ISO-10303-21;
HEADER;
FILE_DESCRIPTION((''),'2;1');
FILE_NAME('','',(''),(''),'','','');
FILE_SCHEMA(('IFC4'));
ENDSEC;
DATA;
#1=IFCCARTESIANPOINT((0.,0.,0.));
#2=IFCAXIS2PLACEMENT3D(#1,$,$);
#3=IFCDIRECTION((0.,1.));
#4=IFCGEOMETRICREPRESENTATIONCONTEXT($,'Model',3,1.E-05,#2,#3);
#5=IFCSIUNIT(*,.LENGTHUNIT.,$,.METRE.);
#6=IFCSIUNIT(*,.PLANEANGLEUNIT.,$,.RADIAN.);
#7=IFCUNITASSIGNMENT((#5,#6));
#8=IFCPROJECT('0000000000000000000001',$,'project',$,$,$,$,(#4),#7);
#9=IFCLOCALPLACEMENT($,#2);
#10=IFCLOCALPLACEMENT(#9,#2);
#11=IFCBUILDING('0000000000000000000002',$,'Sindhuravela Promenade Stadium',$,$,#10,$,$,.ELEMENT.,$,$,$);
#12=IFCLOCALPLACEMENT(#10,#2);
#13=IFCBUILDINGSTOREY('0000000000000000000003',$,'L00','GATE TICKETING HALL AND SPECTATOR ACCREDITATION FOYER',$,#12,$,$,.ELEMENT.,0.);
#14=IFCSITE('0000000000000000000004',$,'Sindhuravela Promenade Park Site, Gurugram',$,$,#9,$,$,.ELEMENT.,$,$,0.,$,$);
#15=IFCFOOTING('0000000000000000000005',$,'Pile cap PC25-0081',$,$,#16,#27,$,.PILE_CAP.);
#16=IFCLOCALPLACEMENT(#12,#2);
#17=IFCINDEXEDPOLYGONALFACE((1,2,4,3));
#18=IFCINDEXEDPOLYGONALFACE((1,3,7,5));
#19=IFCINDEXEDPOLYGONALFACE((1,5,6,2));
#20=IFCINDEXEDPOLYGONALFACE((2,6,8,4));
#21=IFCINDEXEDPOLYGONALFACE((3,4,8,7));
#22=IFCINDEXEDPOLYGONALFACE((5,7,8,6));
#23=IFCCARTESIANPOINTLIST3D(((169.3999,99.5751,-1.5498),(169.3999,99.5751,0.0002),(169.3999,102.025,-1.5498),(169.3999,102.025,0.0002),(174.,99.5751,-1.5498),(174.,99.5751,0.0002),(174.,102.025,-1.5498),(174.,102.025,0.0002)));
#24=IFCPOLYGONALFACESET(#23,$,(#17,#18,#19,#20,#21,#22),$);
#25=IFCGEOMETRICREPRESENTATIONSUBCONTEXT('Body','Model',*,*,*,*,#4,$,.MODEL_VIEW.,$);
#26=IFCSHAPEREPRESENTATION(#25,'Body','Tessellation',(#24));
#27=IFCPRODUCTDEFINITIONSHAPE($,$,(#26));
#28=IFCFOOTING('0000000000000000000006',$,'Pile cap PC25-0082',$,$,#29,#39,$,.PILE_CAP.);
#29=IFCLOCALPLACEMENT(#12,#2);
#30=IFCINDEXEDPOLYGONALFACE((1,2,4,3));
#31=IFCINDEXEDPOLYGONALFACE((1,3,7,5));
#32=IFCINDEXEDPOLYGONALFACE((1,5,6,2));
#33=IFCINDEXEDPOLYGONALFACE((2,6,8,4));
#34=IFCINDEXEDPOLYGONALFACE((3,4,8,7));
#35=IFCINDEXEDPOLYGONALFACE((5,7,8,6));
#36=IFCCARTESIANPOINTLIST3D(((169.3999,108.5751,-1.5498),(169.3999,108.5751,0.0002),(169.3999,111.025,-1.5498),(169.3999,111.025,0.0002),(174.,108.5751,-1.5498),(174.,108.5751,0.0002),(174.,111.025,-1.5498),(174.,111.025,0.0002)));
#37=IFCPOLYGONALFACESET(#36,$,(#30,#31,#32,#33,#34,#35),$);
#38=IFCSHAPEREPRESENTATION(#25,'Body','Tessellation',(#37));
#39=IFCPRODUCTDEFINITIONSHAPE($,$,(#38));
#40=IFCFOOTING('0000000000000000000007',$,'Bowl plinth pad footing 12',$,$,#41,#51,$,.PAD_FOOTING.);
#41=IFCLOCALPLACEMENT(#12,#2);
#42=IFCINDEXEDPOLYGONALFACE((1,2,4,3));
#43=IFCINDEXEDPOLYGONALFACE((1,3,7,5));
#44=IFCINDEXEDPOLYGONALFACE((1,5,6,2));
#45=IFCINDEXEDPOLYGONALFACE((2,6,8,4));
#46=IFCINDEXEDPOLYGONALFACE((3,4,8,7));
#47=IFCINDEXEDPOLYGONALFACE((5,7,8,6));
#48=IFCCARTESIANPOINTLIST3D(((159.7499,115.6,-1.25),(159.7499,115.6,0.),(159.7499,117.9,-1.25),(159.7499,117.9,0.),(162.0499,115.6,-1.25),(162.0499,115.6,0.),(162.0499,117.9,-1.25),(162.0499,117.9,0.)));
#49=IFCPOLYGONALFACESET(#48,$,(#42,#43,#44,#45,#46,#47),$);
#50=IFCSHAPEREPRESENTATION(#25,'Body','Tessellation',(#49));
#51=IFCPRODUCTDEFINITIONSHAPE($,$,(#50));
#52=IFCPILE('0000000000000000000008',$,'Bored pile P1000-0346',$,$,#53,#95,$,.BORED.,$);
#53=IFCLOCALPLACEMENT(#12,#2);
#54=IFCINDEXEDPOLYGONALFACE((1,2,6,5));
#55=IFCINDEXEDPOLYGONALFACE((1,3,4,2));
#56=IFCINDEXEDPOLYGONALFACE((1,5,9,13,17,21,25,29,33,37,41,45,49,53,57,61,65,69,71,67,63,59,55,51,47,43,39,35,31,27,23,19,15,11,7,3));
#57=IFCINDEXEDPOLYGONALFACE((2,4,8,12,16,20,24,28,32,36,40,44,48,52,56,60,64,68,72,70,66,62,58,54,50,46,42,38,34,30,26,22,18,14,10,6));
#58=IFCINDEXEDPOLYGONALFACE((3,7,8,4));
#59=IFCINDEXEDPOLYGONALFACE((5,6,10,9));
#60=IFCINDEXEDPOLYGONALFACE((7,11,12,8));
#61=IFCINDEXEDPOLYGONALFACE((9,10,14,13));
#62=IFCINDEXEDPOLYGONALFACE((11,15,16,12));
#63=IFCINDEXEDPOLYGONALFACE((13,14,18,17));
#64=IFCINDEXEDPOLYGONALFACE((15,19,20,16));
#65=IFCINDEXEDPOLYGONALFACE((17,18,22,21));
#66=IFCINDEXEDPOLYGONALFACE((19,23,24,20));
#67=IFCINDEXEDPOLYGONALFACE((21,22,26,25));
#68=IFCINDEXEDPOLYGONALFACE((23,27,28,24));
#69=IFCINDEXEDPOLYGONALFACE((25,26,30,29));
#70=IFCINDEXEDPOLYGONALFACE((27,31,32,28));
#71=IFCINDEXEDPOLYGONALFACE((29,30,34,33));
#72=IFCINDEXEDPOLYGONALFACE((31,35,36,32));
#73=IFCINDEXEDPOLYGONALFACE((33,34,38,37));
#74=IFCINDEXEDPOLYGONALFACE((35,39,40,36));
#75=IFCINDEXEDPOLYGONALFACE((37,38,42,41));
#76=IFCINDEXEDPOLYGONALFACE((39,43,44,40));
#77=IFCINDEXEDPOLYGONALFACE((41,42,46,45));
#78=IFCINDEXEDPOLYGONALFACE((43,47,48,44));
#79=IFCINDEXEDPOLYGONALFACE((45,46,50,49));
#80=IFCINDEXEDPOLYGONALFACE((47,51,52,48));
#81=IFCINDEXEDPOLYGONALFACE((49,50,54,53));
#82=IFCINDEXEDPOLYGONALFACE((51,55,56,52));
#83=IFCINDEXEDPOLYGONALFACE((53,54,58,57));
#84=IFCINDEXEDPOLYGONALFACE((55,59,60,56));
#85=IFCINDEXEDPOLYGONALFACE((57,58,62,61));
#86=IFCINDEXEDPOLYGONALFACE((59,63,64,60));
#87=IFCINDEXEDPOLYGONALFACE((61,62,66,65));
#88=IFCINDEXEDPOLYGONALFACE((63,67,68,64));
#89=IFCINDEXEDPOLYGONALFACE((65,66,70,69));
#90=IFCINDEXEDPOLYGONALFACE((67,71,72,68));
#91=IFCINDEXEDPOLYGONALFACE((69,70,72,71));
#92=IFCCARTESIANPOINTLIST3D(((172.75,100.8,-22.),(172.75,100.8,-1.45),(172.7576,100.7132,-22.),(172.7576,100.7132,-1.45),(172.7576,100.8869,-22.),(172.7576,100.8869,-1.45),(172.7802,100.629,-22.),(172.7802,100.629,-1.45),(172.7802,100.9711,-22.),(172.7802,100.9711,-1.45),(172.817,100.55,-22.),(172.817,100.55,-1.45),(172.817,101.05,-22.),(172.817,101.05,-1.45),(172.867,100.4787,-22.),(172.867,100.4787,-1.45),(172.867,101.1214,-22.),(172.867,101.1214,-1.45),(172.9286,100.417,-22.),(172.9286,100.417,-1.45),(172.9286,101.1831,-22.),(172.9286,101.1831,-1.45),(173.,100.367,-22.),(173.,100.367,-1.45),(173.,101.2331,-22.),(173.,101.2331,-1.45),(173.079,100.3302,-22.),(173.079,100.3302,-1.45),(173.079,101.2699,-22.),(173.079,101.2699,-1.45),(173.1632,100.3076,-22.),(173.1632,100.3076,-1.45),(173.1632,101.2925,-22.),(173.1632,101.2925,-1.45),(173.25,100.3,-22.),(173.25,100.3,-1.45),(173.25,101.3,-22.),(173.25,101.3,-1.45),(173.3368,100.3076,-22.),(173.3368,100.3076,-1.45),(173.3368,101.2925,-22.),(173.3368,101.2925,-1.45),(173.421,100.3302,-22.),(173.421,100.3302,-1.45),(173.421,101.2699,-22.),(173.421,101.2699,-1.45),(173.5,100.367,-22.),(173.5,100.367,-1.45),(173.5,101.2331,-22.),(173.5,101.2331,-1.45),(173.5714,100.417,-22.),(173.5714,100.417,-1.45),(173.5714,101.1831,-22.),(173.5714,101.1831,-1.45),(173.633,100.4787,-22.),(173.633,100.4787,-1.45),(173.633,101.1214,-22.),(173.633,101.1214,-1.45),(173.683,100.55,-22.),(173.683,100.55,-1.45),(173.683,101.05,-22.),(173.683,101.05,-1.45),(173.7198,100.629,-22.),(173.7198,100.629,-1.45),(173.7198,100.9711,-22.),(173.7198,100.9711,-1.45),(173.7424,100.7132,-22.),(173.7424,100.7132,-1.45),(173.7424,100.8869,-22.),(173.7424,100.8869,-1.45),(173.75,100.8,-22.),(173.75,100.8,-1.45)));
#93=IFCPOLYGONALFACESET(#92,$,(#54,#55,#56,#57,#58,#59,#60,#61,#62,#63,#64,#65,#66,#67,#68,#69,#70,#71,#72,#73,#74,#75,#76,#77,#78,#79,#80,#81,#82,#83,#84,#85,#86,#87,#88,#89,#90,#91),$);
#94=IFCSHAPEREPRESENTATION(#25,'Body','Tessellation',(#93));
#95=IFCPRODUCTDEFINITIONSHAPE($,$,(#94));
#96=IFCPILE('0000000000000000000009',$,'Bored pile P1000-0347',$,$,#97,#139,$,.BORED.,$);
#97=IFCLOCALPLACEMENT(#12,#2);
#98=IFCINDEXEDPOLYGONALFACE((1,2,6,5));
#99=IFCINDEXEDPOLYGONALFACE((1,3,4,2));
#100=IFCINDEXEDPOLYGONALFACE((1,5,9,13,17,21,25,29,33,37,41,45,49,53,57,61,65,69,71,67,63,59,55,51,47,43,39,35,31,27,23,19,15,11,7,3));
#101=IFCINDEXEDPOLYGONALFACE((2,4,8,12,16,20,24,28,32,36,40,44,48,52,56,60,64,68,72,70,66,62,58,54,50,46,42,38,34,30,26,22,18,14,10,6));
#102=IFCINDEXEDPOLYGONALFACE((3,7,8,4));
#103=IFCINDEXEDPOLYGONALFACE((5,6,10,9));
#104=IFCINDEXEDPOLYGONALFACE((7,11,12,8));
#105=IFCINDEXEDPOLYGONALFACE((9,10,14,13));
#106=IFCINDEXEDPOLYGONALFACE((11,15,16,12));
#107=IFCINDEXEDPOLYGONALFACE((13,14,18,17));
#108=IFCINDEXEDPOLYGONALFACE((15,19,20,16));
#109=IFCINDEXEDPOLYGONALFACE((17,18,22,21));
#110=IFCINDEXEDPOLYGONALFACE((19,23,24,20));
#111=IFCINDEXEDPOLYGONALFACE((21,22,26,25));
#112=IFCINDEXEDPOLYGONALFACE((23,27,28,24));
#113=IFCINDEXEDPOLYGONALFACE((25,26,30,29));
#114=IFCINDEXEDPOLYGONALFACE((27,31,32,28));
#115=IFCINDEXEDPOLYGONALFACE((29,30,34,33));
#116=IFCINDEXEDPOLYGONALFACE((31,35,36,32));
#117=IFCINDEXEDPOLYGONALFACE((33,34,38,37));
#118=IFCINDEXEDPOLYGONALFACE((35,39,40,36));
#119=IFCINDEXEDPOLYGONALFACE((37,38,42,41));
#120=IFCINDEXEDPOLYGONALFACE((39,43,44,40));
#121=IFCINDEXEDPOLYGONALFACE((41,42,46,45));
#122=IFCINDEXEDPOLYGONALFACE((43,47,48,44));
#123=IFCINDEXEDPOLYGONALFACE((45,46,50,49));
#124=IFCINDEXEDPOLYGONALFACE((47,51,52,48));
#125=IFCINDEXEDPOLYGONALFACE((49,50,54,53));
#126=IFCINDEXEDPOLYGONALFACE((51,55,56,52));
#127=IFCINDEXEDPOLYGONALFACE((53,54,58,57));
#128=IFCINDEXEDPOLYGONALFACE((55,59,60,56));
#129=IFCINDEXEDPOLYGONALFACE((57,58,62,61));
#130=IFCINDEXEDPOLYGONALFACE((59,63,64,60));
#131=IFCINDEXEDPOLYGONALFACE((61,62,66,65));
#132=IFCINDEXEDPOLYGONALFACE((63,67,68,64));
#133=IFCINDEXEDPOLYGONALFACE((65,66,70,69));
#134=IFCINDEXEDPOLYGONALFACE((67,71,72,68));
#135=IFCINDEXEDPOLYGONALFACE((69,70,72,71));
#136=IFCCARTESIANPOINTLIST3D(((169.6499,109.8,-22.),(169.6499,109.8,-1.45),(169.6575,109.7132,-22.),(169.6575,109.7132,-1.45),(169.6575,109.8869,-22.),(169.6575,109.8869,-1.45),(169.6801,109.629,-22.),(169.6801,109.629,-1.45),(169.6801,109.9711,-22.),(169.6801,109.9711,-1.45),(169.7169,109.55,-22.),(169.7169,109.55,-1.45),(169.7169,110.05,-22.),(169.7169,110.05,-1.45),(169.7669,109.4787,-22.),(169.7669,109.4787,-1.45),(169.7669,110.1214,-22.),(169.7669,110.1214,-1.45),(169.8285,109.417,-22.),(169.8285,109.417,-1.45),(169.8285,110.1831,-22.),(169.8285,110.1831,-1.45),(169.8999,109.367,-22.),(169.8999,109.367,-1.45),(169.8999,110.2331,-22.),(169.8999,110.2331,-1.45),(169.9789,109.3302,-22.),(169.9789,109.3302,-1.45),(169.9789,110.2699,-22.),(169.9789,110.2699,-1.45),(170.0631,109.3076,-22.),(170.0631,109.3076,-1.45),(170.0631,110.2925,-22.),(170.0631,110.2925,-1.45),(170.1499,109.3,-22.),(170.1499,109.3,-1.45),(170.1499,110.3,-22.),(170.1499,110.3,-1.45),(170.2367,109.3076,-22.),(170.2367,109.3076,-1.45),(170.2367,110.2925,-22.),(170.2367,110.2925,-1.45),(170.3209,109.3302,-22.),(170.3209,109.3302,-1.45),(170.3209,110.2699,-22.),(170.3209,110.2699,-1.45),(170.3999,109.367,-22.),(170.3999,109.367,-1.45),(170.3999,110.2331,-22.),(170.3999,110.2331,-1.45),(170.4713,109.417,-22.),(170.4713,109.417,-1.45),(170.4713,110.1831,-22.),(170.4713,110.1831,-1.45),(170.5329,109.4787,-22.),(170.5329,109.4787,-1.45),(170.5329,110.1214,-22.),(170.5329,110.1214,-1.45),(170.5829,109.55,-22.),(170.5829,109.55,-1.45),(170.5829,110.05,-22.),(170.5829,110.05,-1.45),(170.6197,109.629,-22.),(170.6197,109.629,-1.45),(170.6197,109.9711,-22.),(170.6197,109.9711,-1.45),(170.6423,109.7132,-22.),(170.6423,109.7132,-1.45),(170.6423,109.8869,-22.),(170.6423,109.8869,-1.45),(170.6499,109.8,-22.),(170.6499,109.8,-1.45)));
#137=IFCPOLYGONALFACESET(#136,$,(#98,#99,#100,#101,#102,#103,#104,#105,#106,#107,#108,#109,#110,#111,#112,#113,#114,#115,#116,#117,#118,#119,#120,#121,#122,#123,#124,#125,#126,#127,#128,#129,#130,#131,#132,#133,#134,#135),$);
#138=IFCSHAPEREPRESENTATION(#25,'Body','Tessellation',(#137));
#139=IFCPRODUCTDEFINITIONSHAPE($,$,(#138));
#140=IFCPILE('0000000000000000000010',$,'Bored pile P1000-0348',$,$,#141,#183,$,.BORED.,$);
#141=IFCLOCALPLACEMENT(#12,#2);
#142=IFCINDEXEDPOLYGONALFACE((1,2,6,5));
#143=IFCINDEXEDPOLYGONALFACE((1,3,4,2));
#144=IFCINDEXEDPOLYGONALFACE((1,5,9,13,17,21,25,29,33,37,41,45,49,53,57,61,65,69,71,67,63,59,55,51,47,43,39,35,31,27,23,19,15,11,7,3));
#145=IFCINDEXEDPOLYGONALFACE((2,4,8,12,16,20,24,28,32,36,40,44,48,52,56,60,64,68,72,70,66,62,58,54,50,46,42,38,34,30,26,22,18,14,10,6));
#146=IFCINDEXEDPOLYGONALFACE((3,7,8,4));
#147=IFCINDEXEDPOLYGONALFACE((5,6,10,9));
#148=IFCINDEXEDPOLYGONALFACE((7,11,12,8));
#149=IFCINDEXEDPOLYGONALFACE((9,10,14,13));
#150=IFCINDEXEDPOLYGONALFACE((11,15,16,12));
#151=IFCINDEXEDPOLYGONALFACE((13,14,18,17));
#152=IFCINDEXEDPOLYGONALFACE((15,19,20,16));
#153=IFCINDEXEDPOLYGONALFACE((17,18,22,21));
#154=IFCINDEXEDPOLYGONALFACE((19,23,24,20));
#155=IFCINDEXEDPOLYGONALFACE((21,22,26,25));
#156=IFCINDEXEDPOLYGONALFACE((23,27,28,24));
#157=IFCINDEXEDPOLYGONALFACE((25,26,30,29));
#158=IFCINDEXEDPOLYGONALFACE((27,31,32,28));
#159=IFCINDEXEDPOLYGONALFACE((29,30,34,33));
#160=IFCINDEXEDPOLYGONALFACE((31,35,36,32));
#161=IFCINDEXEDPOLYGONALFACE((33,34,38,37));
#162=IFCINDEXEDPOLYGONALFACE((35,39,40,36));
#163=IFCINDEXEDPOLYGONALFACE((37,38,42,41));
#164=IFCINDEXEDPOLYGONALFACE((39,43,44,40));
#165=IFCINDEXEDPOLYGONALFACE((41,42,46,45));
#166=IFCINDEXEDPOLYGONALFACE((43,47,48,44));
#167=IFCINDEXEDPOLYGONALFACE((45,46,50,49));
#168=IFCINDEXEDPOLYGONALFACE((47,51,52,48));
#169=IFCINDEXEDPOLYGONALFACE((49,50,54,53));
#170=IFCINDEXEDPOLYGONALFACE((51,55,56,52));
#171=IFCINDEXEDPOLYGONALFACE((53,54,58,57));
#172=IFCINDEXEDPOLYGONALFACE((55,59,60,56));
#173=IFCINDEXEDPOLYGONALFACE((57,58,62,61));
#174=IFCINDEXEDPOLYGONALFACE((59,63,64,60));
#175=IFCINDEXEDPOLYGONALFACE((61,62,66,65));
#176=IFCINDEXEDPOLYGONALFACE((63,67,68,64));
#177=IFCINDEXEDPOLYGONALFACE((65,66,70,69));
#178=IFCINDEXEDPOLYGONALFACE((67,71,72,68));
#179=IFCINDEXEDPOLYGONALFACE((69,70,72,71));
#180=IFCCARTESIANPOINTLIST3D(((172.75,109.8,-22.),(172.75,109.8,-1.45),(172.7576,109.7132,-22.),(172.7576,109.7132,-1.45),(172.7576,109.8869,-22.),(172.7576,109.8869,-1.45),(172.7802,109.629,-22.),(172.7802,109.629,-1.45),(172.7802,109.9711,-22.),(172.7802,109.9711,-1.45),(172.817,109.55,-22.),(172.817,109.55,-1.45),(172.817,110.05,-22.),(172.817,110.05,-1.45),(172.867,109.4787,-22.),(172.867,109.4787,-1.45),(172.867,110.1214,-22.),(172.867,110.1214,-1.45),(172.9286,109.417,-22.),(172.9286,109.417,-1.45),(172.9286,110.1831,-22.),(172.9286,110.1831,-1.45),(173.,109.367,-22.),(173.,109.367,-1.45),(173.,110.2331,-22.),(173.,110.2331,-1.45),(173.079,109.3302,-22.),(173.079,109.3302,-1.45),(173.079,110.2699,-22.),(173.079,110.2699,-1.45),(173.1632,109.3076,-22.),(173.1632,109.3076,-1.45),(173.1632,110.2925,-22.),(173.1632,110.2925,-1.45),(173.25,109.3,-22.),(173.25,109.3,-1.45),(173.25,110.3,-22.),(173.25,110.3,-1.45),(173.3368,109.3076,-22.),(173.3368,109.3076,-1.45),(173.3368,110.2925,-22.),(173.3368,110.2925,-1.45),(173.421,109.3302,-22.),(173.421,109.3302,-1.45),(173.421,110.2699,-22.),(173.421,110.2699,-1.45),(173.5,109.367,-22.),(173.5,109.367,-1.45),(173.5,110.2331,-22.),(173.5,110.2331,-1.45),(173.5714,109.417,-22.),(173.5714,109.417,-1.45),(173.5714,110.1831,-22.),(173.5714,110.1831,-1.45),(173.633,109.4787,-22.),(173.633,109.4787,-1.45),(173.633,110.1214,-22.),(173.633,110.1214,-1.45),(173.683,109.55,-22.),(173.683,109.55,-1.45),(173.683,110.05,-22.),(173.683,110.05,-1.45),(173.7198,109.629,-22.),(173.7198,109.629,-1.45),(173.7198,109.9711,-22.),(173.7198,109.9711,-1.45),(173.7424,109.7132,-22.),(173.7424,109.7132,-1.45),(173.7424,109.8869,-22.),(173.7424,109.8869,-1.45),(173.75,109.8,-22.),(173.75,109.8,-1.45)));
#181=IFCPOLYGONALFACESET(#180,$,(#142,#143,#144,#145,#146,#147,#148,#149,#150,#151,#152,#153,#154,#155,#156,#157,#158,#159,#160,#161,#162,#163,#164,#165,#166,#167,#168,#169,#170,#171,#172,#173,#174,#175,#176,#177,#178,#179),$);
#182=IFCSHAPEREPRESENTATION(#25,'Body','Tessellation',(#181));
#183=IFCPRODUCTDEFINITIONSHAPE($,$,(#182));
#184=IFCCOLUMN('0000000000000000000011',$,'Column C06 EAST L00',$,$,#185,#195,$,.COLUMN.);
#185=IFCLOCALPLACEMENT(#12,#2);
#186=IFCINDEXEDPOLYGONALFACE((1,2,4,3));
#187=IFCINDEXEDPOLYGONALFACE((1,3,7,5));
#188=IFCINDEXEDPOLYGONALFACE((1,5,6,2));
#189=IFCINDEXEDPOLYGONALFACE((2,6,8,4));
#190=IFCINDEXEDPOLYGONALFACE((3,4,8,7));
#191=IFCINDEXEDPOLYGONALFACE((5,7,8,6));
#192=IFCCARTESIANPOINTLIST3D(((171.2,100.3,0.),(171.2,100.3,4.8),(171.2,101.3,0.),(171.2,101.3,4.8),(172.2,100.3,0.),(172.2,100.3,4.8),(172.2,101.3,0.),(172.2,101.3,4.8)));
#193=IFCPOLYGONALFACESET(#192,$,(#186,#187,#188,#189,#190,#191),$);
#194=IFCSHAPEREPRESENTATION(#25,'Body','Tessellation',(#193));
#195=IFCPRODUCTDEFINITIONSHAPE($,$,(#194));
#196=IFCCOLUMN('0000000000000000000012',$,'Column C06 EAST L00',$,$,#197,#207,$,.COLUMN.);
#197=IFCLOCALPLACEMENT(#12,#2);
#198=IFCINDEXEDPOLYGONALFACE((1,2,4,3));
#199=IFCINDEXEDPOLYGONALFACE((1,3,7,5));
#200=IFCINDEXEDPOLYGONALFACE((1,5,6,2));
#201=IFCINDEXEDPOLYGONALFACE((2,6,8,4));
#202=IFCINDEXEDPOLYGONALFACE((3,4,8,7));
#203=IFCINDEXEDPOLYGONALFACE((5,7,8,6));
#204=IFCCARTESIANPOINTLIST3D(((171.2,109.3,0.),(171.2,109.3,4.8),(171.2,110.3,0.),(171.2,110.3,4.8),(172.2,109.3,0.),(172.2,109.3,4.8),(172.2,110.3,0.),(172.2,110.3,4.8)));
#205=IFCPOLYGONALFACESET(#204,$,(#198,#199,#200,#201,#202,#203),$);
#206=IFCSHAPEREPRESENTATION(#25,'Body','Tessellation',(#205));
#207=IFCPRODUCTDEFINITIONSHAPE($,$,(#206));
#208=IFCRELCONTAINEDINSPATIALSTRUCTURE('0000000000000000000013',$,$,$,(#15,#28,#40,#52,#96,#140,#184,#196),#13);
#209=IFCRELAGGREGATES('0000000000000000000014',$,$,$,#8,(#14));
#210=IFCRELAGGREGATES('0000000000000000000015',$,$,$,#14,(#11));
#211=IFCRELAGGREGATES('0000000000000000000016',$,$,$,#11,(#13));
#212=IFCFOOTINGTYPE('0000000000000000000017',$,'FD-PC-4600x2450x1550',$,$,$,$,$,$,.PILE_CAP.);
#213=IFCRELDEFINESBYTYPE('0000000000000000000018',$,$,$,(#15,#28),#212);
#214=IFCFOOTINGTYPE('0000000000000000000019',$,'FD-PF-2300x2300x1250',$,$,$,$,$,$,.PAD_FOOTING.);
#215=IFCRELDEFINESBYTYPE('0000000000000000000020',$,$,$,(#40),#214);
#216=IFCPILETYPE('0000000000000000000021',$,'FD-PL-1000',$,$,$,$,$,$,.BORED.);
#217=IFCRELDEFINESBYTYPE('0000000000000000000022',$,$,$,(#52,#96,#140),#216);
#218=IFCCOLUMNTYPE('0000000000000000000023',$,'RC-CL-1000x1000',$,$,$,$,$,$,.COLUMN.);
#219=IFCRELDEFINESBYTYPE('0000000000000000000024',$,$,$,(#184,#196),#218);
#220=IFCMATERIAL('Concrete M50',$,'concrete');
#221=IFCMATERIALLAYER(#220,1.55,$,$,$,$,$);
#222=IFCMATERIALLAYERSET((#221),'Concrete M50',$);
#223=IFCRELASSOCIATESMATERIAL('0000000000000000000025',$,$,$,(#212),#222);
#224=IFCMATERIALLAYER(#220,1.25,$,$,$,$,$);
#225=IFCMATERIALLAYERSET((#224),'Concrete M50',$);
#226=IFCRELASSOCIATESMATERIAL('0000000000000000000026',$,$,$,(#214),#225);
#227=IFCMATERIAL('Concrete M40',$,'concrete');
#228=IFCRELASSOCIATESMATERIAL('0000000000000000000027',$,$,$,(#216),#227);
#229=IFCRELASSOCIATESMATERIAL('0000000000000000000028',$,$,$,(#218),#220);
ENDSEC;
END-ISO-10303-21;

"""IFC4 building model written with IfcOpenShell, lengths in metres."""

from ifc_helpers import new_model, si_unit, direction, frame, origin, origin_2d, place, context, subcontext, project, spatial, rectangle, circle, extrude, material, layer, layer_set, material_profile, profile_set, type_object, element, save


model = new_model("IFC4")

# Units and contexts
model_context = context("Model", 3, precision=1e-05, world=origin(), true_north=direction((0.0, 1.0)))
body_context = subcontext(model_context, "Body", "Model", "MODEL_VIEW")
ifc_project = project(units=[si_unit("LENGTHUNIT", "METRE"), si_unit("PLANEANGLEUNIT", "RADIAN")], contexts=[model_context])

# Site, building, storey
site_placement = place(None, origin())
site = spatial("IfcSite", under=ifc_project, at=site_placement, Name="Sindhuravela Promenade Park Site, Gurugram", CompositionType="ELEMENT", RefElevation=0.0)
building_placement = place(site_placement, origin())
building = spatial("IfcBuilding", under=site, at=building_placement, Name="Sindhuravela Promenade Stadium", CompositionType="ELEMENT")
storey_placement = place(building_placement, origin())
storey = spatial("IfcBuildingStorey", under=building, at=storey_placement, Name="L00", Description="GATE TICKETING HALL AND SPECTATOR ACCREDITATION FOYER", CompositionType="ELEMENT", Elevation=0.0)

# Footings
ifc_material_1 = material(Name="Concrete M50", Category="concrete")
ifc_layer_1 = layer(ifc_material_1, 1.55)
ifc_layer_set_1 = layer_set([ifc_layer_1], Name="Concrete M50")
footing_type_1 = type_object("IfcFootingType", Name="FD-PC-4600x2450x1550", PredefinedType="PILE_CAP", material=ifc_layer_set_1)
for number, where, z_axis, x_axis, name in (
    (1, (171.7, 100.8, -1.5498), (0.0, 0.0, 1.0), (1.0, 0.0, 0.0), "Pile cap PC25-0081"),
    (2, (171.7, 109.8, -1.5498), (0.0, 0.0, 1.0), (1.0, 0.0, 0.0), "Pile cap PC25-0082"),
):
    element("IfcFooting", number, at=place(storey_placement, frame(where, z_axis=z_axis, x_axis=x_axis)), inside=storey, type_object=footing_type_1, Name=name, PredefinedType="PILE_CAP", context=body_context, shape_type="SweptSolid", body=[
        extrude(rectangle(XDim=4.6001, YDim=2.45, at=origin_2d()), origin(), (0.0, 0.0, 1.0), 1.55),
    ])
ifc_layer_2 = layer(ifc_material_1, 1.25)
ifc_layer_set_2 = layer_set([ifc_layer_2], Name="Concrete M50")
footing_type_2 = type_object("IfcFootingType", Name="FD-PF-2300x2300x1250", PredefinedType="PAD_FOOTING", material=ifc_layer_set_2)
footing_placement = place(storey_placement, frame((160.8999, 116.75, -1.25), z_axis=(0.0, 0.0, 1.0), x_axis=(1.0, 0.0, 0.0)))
element("IfcFooting", 3, at=footing_placement, inside=storey, type_object=footing_type_2, Name="Bowl plinth pad footing 12", PredefinedType="PAD_FOOTING", context=body_context, shape_type="SweptSolid", body=[
    extrude(rectangle(XDim=2.3, YDim=2.3, at=origin_2d()), origin(), (0.0, 0.0, 1.0), 1.25),
])

# Piles
ifc_material_2 = material(Name="Concrete M40", Category="concrete")
ifc_material_profile_1 = material_profile(ifc_material_2, circle(Radius=0.5, at=origin_2d()), Name="BORED PILE D1000")
ifc_profile_set_1 = profile_set([ifc_material_profile_1], Name="Concrete M40")
pile_type = type_object("IfcPileType", Name="FD-PL-1000", PredefinedType="BORED", material=ifc_profile_set_1)
for number, where, z_axis, x_axis, name in (
    (4, (173.25, 100.8, -1.45), (0.0, 0.0, -1.0), (1.0, 0.0, 0.0), "Bored pile P1000-0346"),
    (5, (170.1499, 109.8, -1.45), (0.0, 0.0, -1.0), (1.0, 0.0, 0.0), "Bored pile P1000-0347"),
    (6, (173.25, 109.8, -1.45), (0.0, 0.0, -1.0), (1.0, 0.0, 0.0), "Bored pile P1000-0348"),
):
    element("IfcPile", number, at=place(storey_placement, frame(where, z_axis=z_axis, x_axis=x_axis)), inside=storey, type_object=pile_type, Name=name, PredefinedType="BORED", context=body_context, shape_type="SweptSolid", body=[
        extrude(circle(Radius=0.5, at=origin_2d()), origin(), (0.0, 0.0, 1.0), 20.55),
    ])

# Columns
ifc_material_profile_2 = material_profile(ifc_material_1, rectangle(XDim=1.0, YDim=1.0, at=origin_2d()), Name="RC 1000x1000")
ifc_profile_set_2 = profile_set([ifc_material_profile_2], Name="Concrete M50")
column_type = type_object("IfcColumnType", Name="RC-CL-1000x1000", PredefinedType="COLUMN", material=ifc_profile_set_2)
for number, where, z_axis, x_axis, name in (
    (7, (171.7, 100.8, 0.0), (0.0, 0.0, 1.0), (1.0, 0.0, 0.0), "Column C06 EAST L00"),
    (8, (171.7, 109.8, 0.0), (0.0, 0.0, 1.0), (1.0, 0.0, 0.0), "Column C06 EAST L00"),
):
    element("IfcColumn", number, at=place(storey_placement, frame(where, z_axis=z_axis, x_axis=x_axis)), inside=storey, type_object=column_type, Name=name, PredefinedType="COLUMN", context=body_context, shape_type="SweptSolid", body=[
        extrude(rectangle(XDim=1.0, YDim=1.0, at=origin_2d()), origin(), (0.0, 0.0, 1.0), 4.8),
    ])

save(model, "model.ifc")
